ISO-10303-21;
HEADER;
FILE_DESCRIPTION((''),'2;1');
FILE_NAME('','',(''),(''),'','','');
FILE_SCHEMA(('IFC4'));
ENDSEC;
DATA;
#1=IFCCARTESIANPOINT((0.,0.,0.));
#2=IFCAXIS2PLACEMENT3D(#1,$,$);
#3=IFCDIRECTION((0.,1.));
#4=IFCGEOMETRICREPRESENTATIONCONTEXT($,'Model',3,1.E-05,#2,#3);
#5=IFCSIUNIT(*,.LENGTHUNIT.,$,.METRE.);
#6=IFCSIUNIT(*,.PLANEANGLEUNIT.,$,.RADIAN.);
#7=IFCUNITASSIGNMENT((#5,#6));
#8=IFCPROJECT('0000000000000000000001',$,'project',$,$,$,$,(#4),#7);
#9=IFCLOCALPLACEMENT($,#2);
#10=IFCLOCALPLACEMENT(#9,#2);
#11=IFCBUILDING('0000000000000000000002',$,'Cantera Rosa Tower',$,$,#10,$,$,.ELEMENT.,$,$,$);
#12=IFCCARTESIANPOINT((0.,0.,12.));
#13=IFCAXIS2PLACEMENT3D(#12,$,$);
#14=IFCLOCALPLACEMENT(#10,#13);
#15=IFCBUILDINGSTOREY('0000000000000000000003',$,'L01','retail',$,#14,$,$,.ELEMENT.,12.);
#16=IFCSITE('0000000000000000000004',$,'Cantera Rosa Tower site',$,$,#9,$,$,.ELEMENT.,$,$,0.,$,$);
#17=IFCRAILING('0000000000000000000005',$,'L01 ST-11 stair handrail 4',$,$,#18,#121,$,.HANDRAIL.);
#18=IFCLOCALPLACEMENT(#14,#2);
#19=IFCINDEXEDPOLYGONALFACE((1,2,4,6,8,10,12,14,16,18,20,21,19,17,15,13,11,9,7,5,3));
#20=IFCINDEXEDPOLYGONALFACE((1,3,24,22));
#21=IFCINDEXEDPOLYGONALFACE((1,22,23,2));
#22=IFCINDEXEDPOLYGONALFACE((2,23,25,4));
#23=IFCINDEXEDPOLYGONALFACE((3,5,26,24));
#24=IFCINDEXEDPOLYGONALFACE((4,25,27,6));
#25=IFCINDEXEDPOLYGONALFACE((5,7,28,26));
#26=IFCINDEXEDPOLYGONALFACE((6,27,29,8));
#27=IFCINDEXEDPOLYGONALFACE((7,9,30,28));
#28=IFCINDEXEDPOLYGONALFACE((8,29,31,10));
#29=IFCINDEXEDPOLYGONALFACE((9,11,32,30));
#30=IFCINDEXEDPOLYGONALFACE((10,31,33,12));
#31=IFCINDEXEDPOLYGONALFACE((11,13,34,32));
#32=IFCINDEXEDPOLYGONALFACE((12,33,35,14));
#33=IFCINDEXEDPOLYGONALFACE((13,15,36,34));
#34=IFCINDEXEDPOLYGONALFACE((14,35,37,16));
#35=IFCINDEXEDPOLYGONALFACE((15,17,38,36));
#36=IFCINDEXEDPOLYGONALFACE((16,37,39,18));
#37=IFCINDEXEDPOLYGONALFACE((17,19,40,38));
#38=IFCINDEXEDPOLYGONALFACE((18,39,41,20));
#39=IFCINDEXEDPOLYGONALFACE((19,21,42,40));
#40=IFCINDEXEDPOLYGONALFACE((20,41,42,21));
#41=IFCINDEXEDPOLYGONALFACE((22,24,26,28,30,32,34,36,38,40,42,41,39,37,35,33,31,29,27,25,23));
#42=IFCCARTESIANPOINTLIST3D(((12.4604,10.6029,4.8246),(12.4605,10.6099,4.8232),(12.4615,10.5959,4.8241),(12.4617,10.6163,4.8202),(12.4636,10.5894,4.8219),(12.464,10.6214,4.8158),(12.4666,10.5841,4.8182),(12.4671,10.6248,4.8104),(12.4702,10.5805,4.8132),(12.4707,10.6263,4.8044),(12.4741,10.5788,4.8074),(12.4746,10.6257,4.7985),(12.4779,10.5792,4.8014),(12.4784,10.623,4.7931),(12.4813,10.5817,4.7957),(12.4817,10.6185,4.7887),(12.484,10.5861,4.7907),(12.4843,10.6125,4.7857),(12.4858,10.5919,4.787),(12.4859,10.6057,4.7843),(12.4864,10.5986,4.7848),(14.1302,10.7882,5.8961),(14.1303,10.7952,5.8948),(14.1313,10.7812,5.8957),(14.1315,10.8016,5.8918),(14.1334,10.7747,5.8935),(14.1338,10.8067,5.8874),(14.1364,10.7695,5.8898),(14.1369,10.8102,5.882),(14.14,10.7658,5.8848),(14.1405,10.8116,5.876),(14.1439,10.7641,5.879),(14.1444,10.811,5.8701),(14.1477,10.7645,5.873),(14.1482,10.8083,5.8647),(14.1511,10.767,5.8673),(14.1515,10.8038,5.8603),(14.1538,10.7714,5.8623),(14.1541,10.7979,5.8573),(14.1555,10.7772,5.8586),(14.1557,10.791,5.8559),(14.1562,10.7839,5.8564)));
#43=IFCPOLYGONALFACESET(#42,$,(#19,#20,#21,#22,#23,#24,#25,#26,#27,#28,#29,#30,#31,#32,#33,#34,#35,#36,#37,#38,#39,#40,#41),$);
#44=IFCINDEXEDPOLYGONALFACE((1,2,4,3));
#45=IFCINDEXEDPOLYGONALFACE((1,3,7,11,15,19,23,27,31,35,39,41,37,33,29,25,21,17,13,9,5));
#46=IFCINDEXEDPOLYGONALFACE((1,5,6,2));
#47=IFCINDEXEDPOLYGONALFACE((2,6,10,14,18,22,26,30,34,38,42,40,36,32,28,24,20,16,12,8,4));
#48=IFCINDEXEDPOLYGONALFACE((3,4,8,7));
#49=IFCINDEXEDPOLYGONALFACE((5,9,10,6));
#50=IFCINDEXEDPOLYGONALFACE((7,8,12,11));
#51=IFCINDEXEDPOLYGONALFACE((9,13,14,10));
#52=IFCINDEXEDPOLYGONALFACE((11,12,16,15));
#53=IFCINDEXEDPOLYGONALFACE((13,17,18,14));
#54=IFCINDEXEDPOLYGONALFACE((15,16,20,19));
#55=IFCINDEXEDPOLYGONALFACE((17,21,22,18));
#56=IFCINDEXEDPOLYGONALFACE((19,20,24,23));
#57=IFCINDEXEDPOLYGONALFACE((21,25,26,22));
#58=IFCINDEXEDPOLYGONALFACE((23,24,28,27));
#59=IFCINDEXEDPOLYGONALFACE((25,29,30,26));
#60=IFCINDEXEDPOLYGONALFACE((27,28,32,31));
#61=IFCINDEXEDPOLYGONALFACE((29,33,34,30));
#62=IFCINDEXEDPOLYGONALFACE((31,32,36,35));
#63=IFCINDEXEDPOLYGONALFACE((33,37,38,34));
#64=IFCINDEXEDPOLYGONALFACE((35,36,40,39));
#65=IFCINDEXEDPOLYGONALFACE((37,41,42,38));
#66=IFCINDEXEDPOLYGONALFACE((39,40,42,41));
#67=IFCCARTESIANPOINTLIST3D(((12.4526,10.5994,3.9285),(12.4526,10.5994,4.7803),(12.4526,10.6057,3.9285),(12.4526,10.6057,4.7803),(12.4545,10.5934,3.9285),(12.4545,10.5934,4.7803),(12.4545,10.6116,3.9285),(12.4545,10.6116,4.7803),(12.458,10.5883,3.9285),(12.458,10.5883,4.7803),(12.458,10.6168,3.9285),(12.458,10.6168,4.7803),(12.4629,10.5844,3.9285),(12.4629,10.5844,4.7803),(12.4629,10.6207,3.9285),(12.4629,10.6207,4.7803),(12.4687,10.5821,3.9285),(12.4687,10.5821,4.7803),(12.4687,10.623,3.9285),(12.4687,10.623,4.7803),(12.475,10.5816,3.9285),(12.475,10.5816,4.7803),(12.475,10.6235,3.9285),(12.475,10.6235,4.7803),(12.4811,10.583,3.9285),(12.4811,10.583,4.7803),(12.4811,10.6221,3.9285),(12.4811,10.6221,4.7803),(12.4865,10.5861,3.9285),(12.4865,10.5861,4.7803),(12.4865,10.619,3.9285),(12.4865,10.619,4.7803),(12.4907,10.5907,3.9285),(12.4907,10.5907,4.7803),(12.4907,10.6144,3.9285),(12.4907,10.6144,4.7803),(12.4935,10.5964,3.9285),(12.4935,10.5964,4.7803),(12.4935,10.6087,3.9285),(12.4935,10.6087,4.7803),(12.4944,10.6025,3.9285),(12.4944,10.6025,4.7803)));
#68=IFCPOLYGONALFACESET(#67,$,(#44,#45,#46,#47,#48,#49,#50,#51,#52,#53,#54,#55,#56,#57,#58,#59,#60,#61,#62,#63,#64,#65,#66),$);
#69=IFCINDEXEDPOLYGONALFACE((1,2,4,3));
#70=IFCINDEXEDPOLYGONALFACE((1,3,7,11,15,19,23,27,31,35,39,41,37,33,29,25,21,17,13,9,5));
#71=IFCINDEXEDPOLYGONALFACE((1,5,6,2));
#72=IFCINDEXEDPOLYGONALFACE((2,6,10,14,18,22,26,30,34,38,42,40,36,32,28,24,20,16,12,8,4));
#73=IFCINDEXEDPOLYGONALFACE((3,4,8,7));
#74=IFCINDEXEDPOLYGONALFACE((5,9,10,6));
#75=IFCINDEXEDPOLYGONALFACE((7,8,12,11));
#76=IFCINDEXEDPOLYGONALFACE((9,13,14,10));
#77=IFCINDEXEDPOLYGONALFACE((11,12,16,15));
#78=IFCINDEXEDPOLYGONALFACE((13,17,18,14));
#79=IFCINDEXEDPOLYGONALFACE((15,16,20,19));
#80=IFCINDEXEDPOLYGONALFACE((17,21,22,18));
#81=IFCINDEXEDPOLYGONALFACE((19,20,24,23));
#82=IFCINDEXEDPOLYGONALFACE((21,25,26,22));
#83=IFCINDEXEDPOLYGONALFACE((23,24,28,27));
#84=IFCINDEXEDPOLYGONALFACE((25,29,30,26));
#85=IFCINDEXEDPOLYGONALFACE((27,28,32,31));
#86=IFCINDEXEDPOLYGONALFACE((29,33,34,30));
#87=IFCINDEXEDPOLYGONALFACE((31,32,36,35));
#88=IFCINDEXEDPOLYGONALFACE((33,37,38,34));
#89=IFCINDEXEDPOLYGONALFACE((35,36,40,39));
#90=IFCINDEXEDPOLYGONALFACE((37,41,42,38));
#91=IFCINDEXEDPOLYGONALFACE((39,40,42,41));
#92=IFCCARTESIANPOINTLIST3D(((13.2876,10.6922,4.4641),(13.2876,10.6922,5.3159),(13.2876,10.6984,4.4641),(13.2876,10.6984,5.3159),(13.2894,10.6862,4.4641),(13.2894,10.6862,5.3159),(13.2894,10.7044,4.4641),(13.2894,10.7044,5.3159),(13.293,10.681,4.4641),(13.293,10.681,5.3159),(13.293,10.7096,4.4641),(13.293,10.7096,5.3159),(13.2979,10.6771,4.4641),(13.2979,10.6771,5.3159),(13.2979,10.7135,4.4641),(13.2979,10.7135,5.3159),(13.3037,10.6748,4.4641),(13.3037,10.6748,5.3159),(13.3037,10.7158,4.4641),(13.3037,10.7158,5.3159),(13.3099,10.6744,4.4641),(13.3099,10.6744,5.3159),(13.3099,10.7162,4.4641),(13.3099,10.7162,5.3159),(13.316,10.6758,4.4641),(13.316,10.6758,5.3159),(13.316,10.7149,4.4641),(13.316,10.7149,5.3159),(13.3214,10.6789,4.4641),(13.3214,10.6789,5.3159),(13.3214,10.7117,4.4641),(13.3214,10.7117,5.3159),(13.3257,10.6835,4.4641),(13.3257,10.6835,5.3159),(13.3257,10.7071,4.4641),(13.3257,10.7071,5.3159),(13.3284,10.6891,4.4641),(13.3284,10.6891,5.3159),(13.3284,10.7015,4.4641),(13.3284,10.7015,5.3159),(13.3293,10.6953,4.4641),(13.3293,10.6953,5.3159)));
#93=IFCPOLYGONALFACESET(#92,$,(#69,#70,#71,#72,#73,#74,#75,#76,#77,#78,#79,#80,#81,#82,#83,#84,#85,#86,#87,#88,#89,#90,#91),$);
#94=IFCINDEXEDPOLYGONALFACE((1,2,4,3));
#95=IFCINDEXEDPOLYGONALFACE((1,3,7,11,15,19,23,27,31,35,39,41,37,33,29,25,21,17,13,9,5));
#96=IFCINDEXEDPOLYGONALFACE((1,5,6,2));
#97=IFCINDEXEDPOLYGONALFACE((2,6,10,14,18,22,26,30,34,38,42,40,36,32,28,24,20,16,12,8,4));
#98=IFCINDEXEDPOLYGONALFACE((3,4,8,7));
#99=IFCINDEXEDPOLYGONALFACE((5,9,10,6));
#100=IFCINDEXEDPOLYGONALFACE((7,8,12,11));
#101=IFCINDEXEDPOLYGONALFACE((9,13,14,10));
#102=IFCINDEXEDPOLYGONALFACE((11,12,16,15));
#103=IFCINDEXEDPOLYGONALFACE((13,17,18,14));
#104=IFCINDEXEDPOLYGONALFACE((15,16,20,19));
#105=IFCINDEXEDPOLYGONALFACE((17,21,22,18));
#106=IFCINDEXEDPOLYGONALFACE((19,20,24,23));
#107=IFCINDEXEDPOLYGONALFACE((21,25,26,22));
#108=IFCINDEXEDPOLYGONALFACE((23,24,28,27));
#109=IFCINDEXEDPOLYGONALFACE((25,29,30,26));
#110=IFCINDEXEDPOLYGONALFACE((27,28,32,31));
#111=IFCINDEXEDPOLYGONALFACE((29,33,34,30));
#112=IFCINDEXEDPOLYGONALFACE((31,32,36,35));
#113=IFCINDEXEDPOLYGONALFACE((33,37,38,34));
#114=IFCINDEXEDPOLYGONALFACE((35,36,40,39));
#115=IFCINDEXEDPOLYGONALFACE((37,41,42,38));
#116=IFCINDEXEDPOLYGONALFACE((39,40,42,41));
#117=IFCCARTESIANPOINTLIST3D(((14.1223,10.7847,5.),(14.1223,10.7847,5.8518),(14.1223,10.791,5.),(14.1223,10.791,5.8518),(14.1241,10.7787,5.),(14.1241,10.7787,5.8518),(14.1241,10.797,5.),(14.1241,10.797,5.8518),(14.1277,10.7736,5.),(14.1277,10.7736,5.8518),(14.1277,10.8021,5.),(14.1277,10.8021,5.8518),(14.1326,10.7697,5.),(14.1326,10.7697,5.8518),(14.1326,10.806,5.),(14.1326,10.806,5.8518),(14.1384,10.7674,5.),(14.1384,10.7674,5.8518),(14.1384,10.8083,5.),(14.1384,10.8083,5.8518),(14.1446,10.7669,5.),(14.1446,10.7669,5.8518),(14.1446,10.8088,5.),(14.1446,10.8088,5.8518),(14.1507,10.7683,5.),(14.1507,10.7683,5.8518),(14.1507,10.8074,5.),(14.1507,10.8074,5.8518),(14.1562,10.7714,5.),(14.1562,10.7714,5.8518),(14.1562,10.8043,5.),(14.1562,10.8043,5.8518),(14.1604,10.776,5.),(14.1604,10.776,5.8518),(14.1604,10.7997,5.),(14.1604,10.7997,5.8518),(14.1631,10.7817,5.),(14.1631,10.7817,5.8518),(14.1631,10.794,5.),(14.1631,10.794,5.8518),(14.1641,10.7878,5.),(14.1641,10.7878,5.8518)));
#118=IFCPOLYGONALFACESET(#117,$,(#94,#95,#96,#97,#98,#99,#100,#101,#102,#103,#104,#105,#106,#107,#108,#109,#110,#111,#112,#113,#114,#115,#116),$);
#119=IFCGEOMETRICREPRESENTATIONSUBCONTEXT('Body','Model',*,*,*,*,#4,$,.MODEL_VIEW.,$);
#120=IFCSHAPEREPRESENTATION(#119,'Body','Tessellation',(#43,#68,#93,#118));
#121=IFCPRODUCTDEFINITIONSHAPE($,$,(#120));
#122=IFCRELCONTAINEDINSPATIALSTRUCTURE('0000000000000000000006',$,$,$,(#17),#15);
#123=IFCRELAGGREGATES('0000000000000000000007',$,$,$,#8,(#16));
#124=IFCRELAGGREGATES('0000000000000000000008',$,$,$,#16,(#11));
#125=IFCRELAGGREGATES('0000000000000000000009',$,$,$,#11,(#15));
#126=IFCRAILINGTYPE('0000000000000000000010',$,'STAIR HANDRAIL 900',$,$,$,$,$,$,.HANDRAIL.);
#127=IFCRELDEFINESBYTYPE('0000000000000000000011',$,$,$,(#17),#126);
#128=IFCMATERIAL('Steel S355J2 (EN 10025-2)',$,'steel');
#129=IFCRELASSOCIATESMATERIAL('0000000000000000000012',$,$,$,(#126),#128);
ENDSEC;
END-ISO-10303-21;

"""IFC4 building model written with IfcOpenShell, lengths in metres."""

from ifc_helpers import new_model, si_unit, direction, frame, origin, origin_2d, place, context, subcontext, project, spatial, circle, extrude, material, type_object, element, save


model = new_model("IFC4")

# Units and contexts
model_context = context("Model", 3, precision=1e-05, world=origin(), true_north=direction((0.0, 1.0)))
body_context = subcontext(model_context, "Body", "Model", "MODEL_VIEW")
ifc_project = project(units=[si_unit("LENGTHUNIT", "METRE"), si_unit("PLANEANGLEUNIT", "RADIAN")], contexts=[model_context])

# Site, building, storey
site_placement = place(None, origin())
site = spatial("IfcSite", under=ifc_project, at=site_placement, Name="Cantera Rosa Tower site", CompositionType="ELEMENT", RefElevation=0.0)
building_placement = place(site_placement, origin())
building = spatial("IfcBuilding", under=site, at=building_placement, Name="Cantera Rosa Tower", CompositionType="ELEMENT")
storey_placement = place(building_placement, frame((0.0, 0.0, 12.0)))
storey = spatial("IfcBuildingStorey", under=building, at=storey_placement, Name="L01", Description="retail", CompositionType="ELEMENT", Elevation=12.0)

# Railing
ifc_material_1 = material(Name="Steel S355J2 (EN 10025-2)", Category="steel")
railing_type_1 = type_object("IfcRailingType", Name="STAIR HANDRAIL 900", PredefinedType="HANDRAIL", material=ifc_material_1)
railing_1_placement = place(storey_placement, frame((12.4734, 10.6025, 3.9285)))
element("IfcRailing", 1, at=railing_1_placement, inside=storey, type_object=railing_type_1, Name="L01 ST-11 stair handrail 4", PredefinedType="HANDRAIL", context=body_context, shape_type="SweptSolid", body=[
    extrude(circle(Radius=0.0239, at=origin_2d()), frame((0.0, 0.0, 0.876), z_axis=(0.837951, 0.092997, 0.537764), x_axis=(-0.110304, 0.993898, 0.0)), (0.0, 0.0, 1.0), 1.9927),
    extrude(circle(Radius=0.021, at=origin_2d()), origin(), (0.0, 0.0, 1.0), 0.8518),
    extrude(circle(Radius=0.021, at=origin_2d()), frame((0.835, 0.0928, 0.5356)), (0.0, 0.0, 1.0), 0.8518),
    extrude(circle(Radius=0.021, at=origin_2d()), frame((1.6697, 0.1853, 1.0715)), (0.0, 0.0, 1.0), 0.8518),
])

save(model, "model.ifc")
